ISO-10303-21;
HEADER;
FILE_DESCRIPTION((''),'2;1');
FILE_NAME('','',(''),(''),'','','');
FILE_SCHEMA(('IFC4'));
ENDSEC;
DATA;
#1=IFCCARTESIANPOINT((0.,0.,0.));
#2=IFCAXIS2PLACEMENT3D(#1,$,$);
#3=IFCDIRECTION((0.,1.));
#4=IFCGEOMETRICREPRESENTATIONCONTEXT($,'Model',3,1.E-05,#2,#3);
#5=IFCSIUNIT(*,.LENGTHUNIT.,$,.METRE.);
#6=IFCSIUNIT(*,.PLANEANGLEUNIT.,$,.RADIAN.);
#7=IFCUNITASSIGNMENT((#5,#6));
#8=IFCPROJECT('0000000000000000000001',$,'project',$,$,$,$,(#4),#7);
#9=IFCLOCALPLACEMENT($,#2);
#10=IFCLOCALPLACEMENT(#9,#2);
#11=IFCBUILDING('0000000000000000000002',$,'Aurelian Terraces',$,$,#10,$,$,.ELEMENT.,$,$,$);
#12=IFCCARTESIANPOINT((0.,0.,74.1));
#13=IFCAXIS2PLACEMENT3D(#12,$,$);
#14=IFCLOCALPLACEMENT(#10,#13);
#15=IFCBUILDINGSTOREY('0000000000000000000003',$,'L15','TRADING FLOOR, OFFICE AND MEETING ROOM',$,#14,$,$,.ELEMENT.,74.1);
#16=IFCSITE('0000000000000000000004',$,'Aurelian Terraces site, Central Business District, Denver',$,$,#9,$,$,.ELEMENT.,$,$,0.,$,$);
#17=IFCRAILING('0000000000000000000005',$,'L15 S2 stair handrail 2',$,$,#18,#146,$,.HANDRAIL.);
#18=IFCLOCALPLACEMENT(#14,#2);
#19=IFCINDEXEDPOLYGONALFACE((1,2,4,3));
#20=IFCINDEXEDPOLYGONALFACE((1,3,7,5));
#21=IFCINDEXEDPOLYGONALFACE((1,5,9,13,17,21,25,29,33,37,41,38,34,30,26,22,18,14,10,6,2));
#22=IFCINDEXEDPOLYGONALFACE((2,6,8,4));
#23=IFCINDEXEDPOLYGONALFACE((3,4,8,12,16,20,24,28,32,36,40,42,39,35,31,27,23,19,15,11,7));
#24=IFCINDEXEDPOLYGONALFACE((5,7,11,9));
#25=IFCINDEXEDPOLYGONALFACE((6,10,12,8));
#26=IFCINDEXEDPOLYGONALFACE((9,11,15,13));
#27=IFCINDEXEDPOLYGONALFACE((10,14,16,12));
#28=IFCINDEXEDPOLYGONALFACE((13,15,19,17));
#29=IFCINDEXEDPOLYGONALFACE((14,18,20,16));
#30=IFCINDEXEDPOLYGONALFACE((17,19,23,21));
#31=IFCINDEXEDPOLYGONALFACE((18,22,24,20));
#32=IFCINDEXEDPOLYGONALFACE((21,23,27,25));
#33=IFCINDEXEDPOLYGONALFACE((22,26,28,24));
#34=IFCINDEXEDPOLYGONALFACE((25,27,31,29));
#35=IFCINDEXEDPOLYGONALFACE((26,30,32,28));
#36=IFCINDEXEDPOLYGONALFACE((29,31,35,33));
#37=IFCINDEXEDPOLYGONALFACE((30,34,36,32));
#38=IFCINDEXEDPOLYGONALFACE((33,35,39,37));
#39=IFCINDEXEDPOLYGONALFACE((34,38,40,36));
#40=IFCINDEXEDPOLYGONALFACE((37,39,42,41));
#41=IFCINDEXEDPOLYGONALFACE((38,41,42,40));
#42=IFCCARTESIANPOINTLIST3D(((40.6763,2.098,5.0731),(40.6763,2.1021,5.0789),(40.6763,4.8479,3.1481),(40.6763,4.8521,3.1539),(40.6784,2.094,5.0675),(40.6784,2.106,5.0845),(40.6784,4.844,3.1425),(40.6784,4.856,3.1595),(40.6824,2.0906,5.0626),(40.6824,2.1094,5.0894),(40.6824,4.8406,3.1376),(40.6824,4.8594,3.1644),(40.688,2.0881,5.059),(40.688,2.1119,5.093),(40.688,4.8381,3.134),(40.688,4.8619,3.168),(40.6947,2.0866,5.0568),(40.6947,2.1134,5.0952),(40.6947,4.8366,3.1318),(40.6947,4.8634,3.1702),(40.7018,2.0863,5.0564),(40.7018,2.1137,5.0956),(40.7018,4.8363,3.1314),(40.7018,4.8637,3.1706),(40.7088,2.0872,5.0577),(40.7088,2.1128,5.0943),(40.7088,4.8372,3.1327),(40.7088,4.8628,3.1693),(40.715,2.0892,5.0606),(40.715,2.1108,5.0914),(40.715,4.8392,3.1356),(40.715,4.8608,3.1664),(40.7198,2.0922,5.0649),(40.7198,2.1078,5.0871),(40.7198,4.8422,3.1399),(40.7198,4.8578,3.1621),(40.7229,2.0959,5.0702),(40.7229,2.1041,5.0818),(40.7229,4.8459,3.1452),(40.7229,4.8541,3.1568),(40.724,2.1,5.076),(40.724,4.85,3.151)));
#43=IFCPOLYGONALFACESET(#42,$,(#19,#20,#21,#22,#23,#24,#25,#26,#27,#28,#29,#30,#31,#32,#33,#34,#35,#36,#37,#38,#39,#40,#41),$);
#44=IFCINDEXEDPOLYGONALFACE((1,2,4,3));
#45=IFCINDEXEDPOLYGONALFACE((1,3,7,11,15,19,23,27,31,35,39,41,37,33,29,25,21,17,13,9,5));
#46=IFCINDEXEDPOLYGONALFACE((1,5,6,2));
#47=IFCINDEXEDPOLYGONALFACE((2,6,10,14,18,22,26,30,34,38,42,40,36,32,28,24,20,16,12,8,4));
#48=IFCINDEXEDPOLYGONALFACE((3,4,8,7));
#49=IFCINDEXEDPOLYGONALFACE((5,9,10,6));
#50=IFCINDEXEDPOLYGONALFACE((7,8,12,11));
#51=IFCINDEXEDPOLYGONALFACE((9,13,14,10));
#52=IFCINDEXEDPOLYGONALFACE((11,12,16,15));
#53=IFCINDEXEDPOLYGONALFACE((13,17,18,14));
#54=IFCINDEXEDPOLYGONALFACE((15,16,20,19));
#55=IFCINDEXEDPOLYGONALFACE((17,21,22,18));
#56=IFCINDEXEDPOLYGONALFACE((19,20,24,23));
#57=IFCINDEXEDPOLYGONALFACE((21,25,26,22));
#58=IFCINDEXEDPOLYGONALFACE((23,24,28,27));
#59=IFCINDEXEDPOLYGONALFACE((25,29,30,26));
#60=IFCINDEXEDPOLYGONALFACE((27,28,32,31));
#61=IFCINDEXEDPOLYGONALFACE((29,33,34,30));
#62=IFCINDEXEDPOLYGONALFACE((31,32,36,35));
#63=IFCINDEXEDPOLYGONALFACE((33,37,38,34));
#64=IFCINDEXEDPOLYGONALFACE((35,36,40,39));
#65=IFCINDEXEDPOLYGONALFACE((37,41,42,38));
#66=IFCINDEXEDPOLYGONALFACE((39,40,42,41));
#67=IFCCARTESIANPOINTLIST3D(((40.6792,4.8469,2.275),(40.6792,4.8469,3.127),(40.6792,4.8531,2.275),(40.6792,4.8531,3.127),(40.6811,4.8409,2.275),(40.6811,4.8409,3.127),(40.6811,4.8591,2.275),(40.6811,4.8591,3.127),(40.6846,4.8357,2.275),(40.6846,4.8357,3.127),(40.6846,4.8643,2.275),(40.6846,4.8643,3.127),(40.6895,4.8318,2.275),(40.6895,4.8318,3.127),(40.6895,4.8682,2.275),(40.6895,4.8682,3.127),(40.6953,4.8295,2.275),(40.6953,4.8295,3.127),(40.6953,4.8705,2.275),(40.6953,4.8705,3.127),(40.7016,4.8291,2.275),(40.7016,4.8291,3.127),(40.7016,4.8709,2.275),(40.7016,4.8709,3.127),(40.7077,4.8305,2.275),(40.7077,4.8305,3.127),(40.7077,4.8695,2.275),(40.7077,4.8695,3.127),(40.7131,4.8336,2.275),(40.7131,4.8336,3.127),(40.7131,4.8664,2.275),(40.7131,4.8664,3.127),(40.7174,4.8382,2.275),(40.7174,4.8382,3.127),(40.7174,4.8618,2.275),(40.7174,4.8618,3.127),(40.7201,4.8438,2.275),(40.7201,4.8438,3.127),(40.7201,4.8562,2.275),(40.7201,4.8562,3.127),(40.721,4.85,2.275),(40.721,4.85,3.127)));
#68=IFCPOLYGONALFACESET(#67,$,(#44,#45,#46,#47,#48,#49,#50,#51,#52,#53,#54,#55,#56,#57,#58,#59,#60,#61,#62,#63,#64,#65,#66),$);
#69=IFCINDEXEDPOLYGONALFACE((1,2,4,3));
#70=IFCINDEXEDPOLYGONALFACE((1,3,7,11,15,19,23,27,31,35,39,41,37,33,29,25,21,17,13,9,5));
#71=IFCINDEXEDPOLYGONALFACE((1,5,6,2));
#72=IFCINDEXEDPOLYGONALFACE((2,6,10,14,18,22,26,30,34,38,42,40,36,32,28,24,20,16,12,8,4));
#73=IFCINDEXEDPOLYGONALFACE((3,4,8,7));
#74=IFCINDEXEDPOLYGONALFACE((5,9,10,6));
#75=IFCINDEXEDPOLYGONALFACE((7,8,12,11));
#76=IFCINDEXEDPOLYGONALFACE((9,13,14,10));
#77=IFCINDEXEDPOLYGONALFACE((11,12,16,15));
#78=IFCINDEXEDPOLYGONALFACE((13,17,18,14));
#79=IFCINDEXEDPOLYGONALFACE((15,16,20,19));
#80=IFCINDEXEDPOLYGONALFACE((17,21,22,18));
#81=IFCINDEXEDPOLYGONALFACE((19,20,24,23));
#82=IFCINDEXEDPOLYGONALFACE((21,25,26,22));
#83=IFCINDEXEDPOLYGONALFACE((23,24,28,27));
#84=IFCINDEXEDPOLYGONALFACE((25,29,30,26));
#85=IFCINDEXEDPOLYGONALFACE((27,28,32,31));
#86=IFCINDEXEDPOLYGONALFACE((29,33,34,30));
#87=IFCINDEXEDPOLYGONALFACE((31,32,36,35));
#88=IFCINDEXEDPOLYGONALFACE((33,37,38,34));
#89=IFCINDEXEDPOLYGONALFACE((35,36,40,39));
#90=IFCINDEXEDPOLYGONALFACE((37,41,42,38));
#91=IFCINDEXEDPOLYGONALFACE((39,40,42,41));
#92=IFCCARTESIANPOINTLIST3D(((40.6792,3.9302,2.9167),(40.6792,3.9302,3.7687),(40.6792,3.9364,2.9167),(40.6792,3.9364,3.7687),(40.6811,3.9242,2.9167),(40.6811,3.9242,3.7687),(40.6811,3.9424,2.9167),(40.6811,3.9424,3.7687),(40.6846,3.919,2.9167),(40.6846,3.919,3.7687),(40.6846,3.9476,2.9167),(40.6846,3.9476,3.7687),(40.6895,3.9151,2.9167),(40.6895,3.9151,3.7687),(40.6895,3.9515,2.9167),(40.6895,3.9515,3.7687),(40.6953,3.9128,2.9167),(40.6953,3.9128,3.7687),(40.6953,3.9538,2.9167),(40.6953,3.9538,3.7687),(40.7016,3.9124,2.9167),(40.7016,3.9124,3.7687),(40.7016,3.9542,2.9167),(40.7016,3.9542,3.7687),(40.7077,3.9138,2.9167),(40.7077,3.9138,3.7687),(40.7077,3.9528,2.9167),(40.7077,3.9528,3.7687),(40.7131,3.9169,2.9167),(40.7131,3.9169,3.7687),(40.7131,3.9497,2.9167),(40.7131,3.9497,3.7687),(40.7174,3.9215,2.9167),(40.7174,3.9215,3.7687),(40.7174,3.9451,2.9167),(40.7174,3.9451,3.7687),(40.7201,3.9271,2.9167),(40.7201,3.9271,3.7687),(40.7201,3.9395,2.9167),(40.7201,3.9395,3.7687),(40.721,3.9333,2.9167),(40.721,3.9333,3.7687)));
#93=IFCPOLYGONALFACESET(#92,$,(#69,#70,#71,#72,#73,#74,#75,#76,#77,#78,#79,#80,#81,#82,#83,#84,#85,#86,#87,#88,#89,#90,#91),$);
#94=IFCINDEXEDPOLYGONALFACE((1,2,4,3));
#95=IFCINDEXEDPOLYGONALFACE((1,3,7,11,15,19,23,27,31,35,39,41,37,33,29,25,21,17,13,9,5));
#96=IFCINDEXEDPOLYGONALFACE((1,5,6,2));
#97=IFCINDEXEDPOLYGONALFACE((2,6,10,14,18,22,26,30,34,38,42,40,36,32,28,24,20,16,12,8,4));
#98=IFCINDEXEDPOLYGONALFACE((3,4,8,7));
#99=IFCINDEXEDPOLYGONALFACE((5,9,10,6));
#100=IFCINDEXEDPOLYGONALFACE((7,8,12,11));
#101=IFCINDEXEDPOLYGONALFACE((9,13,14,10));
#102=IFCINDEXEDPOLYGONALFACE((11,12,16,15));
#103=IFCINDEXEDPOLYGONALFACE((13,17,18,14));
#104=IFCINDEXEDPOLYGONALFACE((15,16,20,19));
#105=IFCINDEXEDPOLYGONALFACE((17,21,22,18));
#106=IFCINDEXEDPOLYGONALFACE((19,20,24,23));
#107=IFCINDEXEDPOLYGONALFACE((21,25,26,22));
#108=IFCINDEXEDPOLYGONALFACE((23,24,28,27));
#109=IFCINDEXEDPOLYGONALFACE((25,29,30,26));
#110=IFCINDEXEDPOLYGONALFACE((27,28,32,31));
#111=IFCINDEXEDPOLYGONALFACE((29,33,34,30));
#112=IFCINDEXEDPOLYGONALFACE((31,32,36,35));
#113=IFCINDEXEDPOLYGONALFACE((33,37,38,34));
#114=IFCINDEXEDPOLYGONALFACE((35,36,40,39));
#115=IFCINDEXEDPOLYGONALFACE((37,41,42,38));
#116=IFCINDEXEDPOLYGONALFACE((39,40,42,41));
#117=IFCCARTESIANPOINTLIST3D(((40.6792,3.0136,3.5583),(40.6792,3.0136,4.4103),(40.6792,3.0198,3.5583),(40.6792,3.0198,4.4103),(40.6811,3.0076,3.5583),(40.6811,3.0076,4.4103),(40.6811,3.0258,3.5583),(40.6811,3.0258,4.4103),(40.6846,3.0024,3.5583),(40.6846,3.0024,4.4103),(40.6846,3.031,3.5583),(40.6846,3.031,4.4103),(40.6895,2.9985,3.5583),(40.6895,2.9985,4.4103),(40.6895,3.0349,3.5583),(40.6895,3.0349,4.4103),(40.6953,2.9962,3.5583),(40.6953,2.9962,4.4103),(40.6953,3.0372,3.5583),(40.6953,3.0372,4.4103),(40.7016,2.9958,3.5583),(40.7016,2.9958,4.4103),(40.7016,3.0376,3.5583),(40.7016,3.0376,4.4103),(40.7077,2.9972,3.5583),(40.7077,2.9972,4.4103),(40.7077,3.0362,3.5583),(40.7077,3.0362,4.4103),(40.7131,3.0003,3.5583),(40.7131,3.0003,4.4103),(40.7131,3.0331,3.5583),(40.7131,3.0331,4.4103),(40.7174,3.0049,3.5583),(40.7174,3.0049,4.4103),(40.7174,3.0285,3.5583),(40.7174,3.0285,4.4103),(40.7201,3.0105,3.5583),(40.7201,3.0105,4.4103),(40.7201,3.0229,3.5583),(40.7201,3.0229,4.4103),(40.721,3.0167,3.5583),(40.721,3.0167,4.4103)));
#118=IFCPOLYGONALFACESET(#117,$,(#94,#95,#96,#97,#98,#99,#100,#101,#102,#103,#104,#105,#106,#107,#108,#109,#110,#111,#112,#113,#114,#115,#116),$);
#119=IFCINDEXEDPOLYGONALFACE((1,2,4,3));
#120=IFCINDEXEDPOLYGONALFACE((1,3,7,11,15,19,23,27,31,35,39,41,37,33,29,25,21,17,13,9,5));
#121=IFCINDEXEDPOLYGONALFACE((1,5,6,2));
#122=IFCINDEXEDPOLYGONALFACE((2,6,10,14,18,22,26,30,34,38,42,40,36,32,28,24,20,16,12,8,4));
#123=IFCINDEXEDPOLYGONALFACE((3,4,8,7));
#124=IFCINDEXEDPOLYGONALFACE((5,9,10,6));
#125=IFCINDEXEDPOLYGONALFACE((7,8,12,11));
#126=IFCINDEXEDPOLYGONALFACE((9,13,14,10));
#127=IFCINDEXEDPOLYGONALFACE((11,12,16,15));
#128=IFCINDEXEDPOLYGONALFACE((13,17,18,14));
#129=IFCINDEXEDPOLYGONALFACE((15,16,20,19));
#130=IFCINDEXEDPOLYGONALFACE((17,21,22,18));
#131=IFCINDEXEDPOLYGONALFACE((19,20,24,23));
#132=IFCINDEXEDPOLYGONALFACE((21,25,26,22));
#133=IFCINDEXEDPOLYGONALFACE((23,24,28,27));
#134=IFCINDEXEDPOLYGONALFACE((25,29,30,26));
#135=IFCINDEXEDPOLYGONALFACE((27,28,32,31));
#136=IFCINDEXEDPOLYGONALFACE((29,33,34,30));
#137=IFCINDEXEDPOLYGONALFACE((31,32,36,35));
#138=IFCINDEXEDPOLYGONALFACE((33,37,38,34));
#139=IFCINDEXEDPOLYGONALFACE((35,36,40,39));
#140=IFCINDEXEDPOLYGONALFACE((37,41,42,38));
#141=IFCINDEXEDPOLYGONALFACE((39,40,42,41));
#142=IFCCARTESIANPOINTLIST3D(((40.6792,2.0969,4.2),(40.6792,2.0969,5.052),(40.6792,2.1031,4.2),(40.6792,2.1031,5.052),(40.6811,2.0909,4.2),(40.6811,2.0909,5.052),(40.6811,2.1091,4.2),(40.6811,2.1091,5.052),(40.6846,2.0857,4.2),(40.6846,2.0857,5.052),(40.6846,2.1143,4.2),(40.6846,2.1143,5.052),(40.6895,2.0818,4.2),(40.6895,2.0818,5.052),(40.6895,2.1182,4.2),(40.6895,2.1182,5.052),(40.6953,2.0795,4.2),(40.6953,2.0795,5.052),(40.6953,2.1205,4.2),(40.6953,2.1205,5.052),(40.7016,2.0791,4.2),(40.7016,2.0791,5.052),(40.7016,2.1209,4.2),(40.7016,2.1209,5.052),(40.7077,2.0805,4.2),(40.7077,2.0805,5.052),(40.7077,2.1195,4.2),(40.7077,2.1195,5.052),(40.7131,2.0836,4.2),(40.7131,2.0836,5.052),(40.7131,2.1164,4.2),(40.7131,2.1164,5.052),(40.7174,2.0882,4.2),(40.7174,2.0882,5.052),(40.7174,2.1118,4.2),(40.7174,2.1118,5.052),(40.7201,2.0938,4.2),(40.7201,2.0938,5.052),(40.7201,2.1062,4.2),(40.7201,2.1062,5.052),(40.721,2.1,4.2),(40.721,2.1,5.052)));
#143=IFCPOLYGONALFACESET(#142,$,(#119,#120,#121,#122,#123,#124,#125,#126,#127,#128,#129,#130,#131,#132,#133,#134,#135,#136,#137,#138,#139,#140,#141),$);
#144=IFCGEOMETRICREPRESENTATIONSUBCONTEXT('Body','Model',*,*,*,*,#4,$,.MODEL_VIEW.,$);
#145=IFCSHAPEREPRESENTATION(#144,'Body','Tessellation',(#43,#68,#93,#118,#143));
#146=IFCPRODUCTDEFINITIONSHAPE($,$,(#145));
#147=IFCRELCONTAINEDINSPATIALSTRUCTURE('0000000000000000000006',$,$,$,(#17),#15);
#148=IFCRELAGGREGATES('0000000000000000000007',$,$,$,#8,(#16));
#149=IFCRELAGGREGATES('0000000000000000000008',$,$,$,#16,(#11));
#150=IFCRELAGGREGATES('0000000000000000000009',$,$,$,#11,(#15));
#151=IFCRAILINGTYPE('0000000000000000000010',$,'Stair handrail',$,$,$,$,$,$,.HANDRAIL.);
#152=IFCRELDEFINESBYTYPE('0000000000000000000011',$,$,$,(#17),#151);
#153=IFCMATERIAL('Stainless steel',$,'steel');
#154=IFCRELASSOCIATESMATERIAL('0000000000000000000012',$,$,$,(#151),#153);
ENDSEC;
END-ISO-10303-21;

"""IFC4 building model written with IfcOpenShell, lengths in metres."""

from ifc_helpers import new_model, si_unit, direction, frame, origin, origin_2d, place, context, subcontext, project, spatial, circle, extrude, source, transform, mapped, material, type_object, element, save


model = new_model("IFC4")

# Units and contexts
model_context = context("Model", 3, precision=1e-05, world=origin(), true_north=direction((0.0, 1.0)))
body_context = subcontext(model_context, "Body", "Model", "MODEL_VIEW")
ifc_project = project(units=[si_unit("LENGTHUNIT", "METRE"), si_unit("PLANEANGLEUNIT", "RADIAN")], contexts=[model_context])

# Site, building, storey
site_placement = place(None, origin())
site = spatial("IfcSite", under=ifc_project, at=site_placement, Name="Aurelian Terraces site, Central Business District, Denver", CompositionType="ELEMENT", RefElevation=0.0)
building_placement = place(site_placement, origin())
building = spatial("IfcBuilding", under=site, at=building_placement, Name="Aurelian Terraces", CompositionType="ELEMENT")
storey_placement = place(building_placement, frame((0.0, 0.0, 74.1)))
storey = spatial("IfcBuildingStorey", under=building, at=storey_placement, Name="L15", Description="TRADING FLOOR, OFFICE AND MEETING ROOM", CompositionType="ELEMENT", Elevation=74.1)

# Railing
ifc_material_1 = material(Name="Stainless steel", Category="steel")
railing_type_1 = type_object("IfcRailingType", Name="Stair handrail", PredefinedType="HANDRAIL", material=ifc_material_1)
shared_shape_1 = source(origin(), body_context, "Body", "SweptSolid", [
    extrude(circle(Radius=0.024, at=origin_2d()), frame((0.0, 0.0, 0.876), z_axis=(0.0, -0.819232, 0.573462), x_axis=(1.0, 0.0, 0.0)), (0.0, 0.0, 1.0), 3.3568),
    extrude(circle(Radius=0.021, at=origin_2d()), origin(), (0.0, 0.0, 1.0), 0.852),
    extrude(circle(Radius=0.021, at=origin_2d()), frame((0.0, -0.9167, 0.6417)), (0.0, 0.0, 1.0), 0.852),
    extrude(circle(Radius=0.021, at=origin_2d()), frame((0.0, -1.8333, 1.2833)), (0.0, 0.0, 1.0), 0.852),
    extrude(circle(Radius=0.021, at=origin_2d()), frame((0.0, -2.75, 1.925)), (0.0, 0.0, 1.0), 0.852),
])
railing_1_placement = place(storey_placement, frame((40.7, 4.85, 2.275)))
element("IfcRailing", 1, at=railing_1_placement, inside=storey, type_object=railing_type_1, Name="L15 S2 stair handrail 2", PredefinedType="HANDRAIL", context=body_context, shape_type="MappedRepresentation", body=[
    mapped(shared_shape_1, transform((0.0, 0.0, 0.0), scale=1.0)),
])

save(model, "model.ifc")
